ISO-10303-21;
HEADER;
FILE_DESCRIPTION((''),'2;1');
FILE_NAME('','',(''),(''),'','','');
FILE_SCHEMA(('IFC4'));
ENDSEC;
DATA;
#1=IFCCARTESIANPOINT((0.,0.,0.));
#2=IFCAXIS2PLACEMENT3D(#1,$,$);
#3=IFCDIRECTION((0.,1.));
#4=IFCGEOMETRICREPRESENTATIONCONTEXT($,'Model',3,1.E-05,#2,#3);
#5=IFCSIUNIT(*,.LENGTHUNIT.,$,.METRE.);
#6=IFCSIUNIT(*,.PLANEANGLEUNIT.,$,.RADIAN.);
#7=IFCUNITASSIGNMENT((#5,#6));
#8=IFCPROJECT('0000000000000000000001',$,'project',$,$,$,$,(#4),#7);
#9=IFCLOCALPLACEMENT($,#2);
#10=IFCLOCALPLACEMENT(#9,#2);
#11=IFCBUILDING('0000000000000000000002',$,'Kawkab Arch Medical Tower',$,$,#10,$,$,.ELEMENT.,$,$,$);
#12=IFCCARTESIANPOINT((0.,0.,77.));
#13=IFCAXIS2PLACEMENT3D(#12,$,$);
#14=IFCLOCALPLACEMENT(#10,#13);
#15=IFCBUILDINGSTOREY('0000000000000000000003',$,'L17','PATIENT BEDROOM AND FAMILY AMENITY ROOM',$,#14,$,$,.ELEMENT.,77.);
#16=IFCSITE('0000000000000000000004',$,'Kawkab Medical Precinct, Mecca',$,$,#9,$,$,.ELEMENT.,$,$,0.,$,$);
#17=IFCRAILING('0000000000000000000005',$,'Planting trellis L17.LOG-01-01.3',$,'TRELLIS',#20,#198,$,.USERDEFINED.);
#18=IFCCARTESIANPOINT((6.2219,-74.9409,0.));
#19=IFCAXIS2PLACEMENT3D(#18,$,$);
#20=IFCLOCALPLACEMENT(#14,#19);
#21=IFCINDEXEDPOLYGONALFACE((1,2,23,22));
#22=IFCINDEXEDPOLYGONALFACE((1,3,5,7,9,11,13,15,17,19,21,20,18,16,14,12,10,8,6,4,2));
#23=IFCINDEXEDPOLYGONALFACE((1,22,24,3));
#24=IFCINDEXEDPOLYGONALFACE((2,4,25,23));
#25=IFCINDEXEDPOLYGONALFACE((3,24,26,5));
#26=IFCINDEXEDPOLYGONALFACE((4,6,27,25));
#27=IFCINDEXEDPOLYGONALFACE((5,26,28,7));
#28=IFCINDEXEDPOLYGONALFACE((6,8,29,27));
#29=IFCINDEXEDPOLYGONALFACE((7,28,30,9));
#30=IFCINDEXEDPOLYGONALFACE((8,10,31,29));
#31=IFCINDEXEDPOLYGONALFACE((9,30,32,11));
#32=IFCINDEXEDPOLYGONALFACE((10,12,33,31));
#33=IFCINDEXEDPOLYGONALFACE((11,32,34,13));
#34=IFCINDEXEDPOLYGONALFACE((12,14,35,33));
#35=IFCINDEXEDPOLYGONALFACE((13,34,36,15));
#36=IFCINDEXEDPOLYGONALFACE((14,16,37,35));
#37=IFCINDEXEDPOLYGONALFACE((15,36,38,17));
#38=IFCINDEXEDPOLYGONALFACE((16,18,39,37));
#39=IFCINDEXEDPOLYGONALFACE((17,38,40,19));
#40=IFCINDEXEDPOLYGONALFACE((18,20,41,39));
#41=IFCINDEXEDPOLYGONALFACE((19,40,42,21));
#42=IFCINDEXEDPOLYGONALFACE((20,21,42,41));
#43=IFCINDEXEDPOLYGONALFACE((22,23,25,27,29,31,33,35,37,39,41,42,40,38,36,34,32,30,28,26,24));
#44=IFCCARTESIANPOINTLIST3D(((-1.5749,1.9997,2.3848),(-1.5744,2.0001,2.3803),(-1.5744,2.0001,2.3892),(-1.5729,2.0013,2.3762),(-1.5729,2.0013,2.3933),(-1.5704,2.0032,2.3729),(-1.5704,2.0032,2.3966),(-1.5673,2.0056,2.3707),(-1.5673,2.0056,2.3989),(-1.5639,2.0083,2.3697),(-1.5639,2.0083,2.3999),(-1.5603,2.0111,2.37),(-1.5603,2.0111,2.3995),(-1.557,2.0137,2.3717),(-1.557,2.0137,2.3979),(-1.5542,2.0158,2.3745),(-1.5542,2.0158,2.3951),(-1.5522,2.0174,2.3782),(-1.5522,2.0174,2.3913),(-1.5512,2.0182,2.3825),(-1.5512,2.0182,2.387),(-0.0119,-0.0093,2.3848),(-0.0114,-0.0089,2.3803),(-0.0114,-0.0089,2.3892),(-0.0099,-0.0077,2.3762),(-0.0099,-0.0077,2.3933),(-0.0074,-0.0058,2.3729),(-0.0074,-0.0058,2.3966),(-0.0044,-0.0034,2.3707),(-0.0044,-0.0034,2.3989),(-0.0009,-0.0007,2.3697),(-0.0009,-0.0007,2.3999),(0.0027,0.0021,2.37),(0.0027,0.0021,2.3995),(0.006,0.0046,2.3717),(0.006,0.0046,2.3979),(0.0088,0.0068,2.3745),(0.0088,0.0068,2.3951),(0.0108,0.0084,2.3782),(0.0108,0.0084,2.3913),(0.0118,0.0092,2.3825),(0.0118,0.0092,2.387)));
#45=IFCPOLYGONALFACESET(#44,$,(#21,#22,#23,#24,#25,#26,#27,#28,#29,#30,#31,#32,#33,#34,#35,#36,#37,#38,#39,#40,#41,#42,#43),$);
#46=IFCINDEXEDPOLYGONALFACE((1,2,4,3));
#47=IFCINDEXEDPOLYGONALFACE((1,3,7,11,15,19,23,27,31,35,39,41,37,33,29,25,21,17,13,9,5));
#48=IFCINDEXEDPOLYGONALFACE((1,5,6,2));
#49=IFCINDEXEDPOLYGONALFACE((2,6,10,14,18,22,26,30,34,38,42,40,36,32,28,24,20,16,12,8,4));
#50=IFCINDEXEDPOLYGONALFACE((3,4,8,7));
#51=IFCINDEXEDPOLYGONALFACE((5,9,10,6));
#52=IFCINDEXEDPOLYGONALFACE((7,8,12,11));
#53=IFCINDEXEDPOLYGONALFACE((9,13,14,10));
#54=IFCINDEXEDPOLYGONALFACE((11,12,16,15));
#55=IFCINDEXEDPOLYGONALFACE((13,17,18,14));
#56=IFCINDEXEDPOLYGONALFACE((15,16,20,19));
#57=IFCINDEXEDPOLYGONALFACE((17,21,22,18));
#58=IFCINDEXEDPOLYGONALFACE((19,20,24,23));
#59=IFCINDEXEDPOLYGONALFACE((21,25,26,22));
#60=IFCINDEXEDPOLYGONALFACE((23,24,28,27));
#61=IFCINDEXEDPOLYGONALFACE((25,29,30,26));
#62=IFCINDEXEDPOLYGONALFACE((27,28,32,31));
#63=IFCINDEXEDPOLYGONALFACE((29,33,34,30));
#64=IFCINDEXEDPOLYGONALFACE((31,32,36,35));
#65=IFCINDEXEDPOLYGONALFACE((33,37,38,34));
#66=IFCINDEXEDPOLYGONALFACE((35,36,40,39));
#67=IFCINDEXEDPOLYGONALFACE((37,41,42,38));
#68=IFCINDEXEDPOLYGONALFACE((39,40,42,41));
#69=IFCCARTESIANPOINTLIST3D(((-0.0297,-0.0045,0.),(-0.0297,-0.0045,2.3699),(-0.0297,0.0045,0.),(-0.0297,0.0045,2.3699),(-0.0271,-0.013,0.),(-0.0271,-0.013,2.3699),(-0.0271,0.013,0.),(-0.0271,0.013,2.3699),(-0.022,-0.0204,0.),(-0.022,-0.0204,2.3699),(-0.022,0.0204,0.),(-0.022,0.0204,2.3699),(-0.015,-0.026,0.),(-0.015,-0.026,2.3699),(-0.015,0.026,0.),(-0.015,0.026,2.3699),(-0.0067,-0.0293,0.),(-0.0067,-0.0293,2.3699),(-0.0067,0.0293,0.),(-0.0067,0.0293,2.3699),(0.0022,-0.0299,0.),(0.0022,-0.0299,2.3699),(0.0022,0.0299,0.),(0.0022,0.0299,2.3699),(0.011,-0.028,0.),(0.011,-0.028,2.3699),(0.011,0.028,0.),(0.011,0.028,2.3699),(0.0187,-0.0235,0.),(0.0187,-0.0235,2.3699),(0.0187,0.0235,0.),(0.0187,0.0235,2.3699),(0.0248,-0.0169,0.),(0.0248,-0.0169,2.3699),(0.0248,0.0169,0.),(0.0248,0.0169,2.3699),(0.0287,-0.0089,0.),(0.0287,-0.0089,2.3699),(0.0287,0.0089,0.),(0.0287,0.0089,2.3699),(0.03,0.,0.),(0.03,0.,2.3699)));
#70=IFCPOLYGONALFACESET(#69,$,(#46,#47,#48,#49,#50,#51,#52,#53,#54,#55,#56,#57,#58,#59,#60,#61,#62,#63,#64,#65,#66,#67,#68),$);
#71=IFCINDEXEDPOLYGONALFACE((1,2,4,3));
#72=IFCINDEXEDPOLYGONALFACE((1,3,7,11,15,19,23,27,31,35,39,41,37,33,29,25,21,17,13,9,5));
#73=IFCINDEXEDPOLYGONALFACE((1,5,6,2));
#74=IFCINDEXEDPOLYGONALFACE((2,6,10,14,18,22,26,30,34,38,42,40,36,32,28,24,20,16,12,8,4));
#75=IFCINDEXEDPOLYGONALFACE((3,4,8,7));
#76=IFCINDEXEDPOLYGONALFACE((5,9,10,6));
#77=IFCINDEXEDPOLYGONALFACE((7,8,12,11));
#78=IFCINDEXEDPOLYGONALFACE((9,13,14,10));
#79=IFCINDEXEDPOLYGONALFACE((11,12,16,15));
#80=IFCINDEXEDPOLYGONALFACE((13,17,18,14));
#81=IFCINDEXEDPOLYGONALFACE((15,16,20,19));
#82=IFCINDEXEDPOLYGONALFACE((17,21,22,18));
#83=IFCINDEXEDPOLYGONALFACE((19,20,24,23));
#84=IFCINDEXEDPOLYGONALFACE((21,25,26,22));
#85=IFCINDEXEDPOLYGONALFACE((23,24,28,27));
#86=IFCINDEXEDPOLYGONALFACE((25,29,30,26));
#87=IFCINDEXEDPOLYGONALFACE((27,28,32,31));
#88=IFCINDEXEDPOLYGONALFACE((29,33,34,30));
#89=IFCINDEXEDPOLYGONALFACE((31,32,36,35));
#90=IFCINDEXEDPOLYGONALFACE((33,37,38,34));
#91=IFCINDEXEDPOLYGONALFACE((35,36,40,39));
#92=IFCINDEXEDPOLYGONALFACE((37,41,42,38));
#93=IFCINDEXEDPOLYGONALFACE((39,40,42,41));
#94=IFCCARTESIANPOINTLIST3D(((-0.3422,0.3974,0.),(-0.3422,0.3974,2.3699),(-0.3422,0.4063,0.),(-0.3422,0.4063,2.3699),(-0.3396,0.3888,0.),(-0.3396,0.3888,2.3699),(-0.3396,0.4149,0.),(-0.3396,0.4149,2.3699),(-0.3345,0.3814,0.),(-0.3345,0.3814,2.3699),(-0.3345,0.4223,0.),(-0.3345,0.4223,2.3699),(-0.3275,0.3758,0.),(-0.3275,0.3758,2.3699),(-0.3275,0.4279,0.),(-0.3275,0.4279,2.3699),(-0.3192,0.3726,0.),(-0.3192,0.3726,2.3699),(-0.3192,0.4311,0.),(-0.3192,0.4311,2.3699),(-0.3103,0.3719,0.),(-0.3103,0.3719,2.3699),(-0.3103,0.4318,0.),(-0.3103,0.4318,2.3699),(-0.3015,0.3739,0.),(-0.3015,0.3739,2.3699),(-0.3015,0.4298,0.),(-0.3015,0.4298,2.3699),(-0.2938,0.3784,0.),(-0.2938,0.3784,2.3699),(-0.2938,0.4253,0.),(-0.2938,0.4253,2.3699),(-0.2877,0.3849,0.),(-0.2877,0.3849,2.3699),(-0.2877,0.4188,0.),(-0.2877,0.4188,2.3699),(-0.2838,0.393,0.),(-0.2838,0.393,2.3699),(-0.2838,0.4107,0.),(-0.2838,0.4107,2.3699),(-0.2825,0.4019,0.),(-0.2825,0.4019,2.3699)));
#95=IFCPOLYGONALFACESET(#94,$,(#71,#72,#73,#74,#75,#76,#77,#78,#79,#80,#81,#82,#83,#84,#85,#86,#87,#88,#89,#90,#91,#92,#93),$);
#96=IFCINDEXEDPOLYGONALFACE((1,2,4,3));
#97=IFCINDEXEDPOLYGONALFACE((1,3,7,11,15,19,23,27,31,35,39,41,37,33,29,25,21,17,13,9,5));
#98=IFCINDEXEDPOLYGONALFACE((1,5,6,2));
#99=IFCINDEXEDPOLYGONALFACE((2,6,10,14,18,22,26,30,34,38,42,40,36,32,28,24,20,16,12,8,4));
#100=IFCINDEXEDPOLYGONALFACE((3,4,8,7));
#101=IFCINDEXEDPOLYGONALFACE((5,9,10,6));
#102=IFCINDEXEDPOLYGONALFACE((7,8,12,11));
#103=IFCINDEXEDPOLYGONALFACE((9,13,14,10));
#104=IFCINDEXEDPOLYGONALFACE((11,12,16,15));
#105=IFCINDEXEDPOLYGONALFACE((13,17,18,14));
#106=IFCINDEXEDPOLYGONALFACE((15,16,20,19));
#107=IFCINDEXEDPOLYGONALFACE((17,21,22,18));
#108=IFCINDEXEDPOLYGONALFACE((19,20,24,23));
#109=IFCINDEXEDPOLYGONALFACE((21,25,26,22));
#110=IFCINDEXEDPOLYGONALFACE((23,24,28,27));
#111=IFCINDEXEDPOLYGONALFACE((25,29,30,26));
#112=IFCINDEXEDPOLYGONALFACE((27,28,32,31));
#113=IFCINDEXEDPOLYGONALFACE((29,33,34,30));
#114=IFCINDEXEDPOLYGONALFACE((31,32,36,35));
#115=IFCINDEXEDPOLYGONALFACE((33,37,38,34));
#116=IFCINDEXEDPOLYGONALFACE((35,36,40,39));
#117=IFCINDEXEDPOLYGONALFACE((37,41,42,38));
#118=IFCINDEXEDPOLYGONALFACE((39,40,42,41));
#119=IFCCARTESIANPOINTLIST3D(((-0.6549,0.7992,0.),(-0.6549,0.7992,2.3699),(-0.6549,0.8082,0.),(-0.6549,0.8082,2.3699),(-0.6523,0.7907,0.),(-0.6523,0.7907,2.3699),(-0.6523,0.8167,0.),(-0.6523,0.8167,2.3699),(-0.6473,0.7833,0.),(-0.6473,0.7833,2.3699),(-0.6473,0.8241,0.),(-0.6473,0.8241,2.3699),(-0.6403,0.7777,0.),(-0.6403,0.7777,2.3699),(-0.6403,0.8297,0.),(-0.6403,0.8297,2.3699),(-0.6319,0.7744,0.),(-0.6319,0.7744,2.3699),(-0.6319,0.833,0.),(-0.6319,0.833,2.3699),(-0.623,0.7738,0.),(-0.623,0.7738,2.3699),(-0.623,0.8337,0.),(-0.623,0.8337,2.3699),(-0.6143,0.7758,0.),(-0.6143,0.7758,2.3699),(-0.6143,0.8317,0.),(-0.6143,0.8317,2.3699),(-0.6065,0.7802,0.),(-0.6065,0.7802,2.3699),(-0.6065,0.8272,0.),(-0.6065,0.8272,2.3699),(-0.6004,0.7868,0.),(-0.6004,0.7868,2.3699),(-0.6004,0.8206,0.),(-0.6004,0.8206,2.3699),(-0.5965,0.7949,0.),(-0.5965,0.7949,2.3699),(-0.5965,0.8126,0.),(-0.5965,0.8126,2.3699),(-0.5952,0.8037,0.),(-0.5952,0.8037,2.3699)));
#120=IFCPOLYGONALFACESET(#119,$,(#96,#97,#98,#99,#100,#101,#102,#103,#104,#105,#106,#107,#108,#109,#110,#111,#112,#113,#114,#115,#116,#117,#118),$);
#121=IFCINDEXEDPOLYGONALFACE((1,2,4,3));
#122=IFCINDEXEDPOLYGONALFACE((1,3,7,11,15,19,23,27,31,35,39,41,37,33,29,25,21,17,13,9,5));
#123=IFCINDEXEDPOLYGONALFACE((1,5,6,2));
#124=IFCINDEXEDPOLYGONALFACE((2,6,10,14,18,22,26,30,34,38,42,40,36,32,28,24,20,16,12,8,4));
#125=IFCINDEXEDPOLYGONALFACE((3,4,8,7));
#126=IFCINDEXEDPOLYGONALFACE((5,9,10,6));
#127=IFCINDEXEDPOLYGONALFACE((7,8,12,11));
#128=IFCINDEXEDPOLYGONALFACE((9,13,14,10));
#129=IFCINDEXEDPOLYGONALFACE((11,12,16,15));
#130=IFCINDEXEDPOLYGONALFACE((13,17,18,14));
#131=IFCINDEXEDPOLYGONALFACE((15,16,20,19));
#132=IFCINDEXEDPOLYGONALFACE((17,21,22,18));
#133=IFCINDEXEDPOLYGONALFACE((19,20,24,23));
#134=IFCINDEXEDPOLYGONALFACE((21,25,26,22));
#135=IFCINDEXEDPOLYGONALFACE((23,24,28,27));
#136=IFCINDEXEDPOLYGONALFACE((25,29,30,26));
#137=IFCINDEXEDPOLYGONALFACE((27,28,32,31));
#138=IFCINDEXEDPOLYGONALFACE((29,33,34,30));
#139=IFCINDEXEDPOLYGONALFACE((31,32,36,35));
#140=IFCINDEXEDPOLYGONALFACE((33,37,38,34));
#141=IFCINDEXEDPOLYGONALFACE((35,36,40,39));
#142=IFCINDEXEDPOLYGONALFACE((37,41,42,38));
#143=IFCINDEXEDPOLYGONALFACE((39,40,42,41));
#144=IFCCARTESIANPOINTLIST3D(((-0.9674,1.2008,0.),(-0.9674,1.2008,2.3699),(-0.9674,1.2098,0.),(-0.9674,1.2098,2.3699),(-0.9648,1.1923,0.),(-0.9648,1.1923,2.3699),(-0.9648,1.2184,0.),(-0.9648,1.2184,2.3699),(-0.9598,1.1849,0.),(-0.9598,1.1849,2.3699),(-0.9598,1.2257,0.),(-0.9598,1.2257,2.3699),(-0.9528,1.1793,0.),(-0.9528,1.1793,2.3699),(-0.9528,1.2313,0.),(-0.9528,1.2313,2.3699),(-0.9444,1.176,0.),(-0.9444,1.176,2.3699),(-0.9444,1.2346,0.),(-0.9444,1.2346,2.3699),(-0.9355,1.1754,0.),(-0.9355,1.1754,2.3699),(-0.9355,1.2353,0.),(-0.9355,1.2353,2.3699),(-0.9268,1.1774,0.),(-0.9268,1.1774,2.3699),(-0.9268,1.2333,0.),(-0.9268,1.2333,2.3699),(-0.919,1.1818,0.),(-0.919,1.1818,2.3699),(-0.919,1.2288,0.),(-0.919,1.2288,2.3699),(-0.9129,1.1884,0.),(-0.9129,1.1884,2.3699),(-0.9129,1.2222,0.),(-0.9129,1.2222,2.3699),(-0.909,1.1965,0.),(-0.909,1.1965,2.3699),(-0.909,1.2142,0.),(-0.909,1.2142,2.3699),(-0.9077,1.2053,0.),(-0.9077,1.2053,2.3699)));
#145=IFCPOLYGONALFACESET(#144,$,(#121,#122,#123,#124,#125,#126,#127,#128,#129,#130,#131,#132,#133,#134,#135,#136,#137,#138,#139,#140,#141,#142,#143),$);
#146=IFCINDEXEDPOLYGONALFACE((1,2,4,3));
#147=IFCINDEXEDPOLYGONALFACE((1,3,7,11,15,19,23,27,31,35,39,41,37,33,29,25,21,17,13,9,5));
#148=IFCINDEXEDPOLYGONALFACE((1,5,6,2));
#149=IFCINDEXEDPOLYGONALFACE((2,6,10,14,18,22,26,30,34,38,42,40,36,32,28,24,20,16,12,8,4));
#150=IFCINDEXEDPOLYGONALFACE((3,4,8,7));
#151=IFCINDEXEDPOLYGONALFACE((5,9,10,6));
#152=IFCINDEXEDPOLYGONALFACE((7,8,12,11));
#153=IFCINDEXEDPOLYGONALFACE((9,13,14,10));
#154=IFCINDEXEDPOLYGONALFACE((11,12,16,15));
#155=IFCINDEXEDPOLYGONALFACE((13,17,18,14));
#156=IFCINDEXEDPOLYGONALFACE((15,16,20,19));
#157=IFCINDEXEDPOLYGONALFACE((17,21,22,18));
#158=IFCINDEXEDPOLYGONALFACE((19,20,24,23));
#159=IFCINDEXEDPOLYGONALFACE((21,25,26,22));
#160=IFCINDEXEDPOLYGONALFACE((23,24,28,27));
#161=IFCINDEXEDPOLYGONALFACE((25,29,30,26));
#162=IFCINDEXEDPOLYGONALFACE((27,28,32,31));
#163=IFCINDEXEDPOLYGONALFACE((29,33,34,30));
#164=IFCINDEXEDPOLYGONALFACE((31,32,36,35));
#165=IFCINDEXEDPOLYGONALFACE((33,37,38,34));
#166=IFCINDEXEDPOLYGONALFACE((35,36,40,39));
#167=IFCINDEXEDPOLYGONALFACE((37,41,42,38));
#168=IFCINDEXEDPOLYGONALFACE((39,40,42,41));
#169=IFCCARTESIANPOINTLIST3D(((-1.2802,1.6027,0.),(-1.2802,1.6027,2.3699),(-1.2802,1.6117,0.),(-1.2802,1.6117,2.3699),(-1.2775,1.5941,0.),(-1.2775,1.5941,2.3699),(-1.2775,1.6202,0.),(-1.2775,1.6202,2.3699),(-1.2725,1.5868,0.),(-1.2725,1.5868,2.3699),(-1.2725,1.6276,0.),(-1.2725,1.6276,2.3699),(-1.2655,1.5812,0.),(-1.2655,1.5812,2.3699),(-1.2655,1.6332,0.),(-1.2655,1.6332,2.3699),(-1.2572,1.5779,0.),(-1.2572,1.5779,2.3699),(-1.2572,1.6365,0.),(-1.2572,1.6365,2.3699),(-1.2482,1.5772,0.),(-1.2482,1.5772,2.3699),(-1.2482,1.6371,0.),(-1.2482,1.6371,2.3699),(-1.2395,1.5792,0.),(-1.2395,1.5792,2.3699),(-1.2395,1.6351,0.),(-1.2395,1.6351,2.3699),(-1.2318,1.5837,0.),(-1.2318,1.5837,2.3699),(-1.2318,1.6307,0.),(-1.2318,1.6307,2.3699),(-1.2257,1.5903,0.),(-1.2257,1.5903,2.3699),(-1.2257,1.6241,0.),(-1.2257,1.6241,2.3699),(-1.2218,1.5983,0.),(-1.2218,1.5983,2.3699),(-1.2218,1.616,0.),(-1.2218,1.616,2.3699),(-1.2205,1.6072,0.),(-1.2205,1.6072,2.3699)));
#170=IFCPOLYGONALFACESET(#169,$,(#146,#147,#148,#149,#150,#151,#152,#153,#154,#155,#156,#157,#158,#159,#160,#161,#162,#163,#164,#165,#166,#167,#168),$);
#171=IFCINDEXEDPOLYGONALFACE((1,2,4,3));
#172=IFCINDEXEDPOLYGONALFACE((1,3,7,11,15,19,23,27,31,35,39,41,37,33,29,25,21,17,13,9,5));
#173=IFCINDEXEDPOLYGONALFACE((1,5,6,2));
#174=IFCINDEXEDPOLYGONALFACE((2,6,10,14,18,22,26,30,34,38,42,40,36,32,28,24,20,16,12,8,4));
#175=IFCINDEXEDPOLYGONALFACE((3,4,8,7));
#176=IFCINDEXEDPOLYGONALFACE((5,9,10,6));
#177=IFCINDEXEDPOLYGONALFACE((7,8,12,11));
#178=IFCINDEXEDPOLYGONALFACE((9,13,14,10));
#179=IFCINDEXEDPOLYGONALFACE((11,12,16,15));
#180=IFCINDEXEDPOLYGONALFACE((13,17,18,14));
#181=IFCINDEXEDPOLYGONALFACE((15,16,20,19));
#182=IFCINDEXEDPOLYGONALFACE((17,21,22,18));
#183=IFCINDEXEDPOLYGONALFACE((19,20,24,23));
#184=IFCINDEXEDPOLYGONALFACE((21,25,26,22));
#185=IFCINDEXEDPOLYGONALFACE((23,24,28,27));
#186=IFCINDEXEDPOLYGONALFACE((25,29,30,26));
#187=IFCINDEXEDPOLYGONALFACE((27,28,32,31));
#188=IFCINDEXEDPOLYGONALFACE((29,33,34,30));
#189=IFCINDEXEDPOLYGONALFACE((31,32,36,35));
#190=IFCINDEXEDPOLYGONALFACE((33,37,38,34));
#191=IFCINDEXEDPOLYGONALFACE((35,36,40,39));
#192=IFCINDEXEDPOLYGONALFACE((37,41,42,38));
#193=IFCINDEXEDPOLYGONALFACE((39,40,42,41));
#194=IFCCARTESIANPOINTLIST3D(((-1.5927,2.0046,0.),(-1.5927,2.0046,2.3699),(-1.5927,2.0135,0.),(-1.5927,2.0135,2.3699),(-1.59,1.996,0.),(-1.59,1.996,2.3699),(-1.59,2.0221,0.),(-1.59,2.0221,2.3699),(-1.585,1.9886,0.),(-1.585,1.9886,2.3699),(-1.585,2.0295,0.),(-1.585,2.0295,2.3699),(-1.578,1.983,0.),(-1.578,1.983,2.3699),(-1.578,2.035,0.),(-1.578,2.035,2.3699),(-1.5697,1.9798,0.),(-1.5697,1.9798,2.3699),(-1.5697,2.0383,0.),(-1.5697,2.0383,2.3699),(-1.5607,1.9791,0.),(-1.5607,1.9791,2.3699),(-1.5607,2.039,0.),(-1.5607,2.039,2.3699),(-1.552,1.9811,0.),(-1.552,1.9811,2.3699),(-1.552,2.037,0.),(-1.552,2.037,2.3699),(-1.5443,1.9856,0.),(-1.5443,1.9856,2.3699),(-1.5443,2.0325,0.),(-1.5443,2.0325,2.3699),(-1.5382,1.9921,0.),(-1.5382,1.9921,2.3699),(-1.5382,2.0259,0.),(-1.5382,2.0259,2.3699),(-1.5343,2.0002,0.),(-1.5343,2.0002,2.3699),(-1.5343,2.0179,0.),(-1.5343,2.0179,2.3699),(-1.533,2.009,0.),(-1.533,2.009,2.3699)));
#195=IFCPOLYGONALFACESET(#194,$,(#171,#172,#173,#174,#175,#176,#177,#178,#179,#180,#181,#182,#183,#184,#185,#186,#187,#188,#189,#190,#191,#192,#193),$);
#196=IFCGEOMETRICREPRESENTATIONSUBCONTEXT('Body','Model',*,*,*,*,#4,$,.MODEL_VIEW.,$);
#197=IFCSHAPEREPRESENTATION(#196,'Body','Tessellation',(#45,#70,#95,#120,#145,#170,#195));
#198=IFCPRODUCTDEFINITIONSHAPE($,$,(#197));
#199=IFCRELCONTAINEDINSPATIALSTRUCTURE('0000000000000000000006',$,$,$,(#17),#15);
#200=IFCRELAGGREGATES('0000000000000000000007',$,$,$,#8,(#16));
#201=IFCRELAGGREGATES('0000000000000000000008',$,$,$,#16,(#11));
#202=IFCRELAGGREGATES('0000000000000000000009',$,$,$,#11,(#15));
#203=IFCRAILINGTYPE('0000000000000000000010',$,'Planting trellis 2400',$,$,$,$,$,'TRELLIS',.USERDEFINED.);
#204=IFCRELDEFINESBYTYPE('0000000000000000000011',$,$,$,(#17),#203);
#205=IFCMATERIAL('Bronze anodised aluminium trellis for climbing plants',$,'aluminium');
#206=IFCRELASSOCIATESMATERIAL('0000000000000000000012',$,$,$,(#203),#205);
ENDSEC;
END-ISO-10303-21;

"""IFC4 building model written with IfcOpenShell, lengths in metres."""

from ifc_helpers import new_model, si_unit, direction, frame, origin, origin_2d, place, context, subcontext, project, spatial, circle, extrude, material, type_object, element, save


model = new_model("IFC4")

# Units and contexts
model_context = context("Model", 3, precision=1e-05, world=origin(), true_north=direction((0.0, 1.0)))
body_context = subcontext(model_context, "Body", "Model", "MODEL_VIEW")
ifc_project = project(units=[si_unit("LENGTHUNIT", "METRE"), si_unit("PLANEANGLEUNIT", "RADIAN")], contexts=[model_context])

# Site, building, storey
site_placement = place(None, origin())
site = spatial("IfcSite", under=ifc_project, at=site_placement, Name="Kawkab Medical Precinct, Mecca", CompositionType="ELEMENT", RefElevation=0.0)
building_placement = place(site_placement, origin())
building = spatial("IfcBuilding", under=site, at=building_placement, Name="Kawkab Arch Medical Tower", CompositionType="ELEMENT")
storey_placement = place(building_placement, frame((0.0, 0.0, 77.0)))
storey = spatial("IfcBuildingStorey", under=building, at=storey_placement, Name="L17", Description="PATIENT BEDROOM AND FAMILY AMENITY ROOM", CompositionType="ELEMENT", Elevation=77.0)

# Railing
ifc_material_1 = material(Name="Bronze anodised aluminium trellis for climbing plants", Category="aluminium")
railing_type = type_object("IfcRailingType", Name="Planting trellis 2400", ElementType="TRELLIS", PredefinedType="USERDEFINED", material=ifc_material_1)
railing_1_placement = place(storey_placement, frame((6.2219, -74.9409, 0.0)))
element("IfcRailing", 1, at=railing_1_placement, inside=storey, type_object=railing_type, Name="Planting trellis L17.LOG-01-01.3", ObjectType="TRELLIS", PredefinedType="USERDEFINED", context=body_context, shape_type="SweptSolid", body=[
    extrude(circle(Radius=0.0151, at=origin_2d()), frame((0.0, 0.0, 2.3848), z_axis=(-0.61404, 0.789275, 0.0), x_axis=(-0.789275, -0.61404, 0.0)), (0.0, 0.0, 1.0), 2.5454),
    extrude(circle(Radius=0.03, at=origin_2d()), origin(), (0.0, 0.0, 1.0), 2.3699),
    extrude(circle(Radius=0.03, at=origin_2d()), frame((-0.3125, 0.4019, 0.0)), (0.0, 0.0, 1.0), 2.3699),
    extrude(circle(Radius=0.03, at=origin_2d()), frame((-0.6252, 0.8037, 0.0)), (0.0, 0.0, 1.0), 2.3699),
    extrude(circle(Radius=0.03, at=origin_2d()), frame((-0.9377, 1.2053, 0.0)), (0.0, 0.0, 1.0), 2.3699),
    extrude(circle(Radius=0.03, at=origin_2d()), frame((-1.2505, 1.6072, 0.0)), (0.0, 0.0, 1.0), 2.3699),
    extrude(circle(Radius=0.03, at=origin_2d()), frame((-1.563, 2.009, 0.0)), (0.0, 0.0, 1.0), 2.3699),
])

save(model, "model.ifc")
